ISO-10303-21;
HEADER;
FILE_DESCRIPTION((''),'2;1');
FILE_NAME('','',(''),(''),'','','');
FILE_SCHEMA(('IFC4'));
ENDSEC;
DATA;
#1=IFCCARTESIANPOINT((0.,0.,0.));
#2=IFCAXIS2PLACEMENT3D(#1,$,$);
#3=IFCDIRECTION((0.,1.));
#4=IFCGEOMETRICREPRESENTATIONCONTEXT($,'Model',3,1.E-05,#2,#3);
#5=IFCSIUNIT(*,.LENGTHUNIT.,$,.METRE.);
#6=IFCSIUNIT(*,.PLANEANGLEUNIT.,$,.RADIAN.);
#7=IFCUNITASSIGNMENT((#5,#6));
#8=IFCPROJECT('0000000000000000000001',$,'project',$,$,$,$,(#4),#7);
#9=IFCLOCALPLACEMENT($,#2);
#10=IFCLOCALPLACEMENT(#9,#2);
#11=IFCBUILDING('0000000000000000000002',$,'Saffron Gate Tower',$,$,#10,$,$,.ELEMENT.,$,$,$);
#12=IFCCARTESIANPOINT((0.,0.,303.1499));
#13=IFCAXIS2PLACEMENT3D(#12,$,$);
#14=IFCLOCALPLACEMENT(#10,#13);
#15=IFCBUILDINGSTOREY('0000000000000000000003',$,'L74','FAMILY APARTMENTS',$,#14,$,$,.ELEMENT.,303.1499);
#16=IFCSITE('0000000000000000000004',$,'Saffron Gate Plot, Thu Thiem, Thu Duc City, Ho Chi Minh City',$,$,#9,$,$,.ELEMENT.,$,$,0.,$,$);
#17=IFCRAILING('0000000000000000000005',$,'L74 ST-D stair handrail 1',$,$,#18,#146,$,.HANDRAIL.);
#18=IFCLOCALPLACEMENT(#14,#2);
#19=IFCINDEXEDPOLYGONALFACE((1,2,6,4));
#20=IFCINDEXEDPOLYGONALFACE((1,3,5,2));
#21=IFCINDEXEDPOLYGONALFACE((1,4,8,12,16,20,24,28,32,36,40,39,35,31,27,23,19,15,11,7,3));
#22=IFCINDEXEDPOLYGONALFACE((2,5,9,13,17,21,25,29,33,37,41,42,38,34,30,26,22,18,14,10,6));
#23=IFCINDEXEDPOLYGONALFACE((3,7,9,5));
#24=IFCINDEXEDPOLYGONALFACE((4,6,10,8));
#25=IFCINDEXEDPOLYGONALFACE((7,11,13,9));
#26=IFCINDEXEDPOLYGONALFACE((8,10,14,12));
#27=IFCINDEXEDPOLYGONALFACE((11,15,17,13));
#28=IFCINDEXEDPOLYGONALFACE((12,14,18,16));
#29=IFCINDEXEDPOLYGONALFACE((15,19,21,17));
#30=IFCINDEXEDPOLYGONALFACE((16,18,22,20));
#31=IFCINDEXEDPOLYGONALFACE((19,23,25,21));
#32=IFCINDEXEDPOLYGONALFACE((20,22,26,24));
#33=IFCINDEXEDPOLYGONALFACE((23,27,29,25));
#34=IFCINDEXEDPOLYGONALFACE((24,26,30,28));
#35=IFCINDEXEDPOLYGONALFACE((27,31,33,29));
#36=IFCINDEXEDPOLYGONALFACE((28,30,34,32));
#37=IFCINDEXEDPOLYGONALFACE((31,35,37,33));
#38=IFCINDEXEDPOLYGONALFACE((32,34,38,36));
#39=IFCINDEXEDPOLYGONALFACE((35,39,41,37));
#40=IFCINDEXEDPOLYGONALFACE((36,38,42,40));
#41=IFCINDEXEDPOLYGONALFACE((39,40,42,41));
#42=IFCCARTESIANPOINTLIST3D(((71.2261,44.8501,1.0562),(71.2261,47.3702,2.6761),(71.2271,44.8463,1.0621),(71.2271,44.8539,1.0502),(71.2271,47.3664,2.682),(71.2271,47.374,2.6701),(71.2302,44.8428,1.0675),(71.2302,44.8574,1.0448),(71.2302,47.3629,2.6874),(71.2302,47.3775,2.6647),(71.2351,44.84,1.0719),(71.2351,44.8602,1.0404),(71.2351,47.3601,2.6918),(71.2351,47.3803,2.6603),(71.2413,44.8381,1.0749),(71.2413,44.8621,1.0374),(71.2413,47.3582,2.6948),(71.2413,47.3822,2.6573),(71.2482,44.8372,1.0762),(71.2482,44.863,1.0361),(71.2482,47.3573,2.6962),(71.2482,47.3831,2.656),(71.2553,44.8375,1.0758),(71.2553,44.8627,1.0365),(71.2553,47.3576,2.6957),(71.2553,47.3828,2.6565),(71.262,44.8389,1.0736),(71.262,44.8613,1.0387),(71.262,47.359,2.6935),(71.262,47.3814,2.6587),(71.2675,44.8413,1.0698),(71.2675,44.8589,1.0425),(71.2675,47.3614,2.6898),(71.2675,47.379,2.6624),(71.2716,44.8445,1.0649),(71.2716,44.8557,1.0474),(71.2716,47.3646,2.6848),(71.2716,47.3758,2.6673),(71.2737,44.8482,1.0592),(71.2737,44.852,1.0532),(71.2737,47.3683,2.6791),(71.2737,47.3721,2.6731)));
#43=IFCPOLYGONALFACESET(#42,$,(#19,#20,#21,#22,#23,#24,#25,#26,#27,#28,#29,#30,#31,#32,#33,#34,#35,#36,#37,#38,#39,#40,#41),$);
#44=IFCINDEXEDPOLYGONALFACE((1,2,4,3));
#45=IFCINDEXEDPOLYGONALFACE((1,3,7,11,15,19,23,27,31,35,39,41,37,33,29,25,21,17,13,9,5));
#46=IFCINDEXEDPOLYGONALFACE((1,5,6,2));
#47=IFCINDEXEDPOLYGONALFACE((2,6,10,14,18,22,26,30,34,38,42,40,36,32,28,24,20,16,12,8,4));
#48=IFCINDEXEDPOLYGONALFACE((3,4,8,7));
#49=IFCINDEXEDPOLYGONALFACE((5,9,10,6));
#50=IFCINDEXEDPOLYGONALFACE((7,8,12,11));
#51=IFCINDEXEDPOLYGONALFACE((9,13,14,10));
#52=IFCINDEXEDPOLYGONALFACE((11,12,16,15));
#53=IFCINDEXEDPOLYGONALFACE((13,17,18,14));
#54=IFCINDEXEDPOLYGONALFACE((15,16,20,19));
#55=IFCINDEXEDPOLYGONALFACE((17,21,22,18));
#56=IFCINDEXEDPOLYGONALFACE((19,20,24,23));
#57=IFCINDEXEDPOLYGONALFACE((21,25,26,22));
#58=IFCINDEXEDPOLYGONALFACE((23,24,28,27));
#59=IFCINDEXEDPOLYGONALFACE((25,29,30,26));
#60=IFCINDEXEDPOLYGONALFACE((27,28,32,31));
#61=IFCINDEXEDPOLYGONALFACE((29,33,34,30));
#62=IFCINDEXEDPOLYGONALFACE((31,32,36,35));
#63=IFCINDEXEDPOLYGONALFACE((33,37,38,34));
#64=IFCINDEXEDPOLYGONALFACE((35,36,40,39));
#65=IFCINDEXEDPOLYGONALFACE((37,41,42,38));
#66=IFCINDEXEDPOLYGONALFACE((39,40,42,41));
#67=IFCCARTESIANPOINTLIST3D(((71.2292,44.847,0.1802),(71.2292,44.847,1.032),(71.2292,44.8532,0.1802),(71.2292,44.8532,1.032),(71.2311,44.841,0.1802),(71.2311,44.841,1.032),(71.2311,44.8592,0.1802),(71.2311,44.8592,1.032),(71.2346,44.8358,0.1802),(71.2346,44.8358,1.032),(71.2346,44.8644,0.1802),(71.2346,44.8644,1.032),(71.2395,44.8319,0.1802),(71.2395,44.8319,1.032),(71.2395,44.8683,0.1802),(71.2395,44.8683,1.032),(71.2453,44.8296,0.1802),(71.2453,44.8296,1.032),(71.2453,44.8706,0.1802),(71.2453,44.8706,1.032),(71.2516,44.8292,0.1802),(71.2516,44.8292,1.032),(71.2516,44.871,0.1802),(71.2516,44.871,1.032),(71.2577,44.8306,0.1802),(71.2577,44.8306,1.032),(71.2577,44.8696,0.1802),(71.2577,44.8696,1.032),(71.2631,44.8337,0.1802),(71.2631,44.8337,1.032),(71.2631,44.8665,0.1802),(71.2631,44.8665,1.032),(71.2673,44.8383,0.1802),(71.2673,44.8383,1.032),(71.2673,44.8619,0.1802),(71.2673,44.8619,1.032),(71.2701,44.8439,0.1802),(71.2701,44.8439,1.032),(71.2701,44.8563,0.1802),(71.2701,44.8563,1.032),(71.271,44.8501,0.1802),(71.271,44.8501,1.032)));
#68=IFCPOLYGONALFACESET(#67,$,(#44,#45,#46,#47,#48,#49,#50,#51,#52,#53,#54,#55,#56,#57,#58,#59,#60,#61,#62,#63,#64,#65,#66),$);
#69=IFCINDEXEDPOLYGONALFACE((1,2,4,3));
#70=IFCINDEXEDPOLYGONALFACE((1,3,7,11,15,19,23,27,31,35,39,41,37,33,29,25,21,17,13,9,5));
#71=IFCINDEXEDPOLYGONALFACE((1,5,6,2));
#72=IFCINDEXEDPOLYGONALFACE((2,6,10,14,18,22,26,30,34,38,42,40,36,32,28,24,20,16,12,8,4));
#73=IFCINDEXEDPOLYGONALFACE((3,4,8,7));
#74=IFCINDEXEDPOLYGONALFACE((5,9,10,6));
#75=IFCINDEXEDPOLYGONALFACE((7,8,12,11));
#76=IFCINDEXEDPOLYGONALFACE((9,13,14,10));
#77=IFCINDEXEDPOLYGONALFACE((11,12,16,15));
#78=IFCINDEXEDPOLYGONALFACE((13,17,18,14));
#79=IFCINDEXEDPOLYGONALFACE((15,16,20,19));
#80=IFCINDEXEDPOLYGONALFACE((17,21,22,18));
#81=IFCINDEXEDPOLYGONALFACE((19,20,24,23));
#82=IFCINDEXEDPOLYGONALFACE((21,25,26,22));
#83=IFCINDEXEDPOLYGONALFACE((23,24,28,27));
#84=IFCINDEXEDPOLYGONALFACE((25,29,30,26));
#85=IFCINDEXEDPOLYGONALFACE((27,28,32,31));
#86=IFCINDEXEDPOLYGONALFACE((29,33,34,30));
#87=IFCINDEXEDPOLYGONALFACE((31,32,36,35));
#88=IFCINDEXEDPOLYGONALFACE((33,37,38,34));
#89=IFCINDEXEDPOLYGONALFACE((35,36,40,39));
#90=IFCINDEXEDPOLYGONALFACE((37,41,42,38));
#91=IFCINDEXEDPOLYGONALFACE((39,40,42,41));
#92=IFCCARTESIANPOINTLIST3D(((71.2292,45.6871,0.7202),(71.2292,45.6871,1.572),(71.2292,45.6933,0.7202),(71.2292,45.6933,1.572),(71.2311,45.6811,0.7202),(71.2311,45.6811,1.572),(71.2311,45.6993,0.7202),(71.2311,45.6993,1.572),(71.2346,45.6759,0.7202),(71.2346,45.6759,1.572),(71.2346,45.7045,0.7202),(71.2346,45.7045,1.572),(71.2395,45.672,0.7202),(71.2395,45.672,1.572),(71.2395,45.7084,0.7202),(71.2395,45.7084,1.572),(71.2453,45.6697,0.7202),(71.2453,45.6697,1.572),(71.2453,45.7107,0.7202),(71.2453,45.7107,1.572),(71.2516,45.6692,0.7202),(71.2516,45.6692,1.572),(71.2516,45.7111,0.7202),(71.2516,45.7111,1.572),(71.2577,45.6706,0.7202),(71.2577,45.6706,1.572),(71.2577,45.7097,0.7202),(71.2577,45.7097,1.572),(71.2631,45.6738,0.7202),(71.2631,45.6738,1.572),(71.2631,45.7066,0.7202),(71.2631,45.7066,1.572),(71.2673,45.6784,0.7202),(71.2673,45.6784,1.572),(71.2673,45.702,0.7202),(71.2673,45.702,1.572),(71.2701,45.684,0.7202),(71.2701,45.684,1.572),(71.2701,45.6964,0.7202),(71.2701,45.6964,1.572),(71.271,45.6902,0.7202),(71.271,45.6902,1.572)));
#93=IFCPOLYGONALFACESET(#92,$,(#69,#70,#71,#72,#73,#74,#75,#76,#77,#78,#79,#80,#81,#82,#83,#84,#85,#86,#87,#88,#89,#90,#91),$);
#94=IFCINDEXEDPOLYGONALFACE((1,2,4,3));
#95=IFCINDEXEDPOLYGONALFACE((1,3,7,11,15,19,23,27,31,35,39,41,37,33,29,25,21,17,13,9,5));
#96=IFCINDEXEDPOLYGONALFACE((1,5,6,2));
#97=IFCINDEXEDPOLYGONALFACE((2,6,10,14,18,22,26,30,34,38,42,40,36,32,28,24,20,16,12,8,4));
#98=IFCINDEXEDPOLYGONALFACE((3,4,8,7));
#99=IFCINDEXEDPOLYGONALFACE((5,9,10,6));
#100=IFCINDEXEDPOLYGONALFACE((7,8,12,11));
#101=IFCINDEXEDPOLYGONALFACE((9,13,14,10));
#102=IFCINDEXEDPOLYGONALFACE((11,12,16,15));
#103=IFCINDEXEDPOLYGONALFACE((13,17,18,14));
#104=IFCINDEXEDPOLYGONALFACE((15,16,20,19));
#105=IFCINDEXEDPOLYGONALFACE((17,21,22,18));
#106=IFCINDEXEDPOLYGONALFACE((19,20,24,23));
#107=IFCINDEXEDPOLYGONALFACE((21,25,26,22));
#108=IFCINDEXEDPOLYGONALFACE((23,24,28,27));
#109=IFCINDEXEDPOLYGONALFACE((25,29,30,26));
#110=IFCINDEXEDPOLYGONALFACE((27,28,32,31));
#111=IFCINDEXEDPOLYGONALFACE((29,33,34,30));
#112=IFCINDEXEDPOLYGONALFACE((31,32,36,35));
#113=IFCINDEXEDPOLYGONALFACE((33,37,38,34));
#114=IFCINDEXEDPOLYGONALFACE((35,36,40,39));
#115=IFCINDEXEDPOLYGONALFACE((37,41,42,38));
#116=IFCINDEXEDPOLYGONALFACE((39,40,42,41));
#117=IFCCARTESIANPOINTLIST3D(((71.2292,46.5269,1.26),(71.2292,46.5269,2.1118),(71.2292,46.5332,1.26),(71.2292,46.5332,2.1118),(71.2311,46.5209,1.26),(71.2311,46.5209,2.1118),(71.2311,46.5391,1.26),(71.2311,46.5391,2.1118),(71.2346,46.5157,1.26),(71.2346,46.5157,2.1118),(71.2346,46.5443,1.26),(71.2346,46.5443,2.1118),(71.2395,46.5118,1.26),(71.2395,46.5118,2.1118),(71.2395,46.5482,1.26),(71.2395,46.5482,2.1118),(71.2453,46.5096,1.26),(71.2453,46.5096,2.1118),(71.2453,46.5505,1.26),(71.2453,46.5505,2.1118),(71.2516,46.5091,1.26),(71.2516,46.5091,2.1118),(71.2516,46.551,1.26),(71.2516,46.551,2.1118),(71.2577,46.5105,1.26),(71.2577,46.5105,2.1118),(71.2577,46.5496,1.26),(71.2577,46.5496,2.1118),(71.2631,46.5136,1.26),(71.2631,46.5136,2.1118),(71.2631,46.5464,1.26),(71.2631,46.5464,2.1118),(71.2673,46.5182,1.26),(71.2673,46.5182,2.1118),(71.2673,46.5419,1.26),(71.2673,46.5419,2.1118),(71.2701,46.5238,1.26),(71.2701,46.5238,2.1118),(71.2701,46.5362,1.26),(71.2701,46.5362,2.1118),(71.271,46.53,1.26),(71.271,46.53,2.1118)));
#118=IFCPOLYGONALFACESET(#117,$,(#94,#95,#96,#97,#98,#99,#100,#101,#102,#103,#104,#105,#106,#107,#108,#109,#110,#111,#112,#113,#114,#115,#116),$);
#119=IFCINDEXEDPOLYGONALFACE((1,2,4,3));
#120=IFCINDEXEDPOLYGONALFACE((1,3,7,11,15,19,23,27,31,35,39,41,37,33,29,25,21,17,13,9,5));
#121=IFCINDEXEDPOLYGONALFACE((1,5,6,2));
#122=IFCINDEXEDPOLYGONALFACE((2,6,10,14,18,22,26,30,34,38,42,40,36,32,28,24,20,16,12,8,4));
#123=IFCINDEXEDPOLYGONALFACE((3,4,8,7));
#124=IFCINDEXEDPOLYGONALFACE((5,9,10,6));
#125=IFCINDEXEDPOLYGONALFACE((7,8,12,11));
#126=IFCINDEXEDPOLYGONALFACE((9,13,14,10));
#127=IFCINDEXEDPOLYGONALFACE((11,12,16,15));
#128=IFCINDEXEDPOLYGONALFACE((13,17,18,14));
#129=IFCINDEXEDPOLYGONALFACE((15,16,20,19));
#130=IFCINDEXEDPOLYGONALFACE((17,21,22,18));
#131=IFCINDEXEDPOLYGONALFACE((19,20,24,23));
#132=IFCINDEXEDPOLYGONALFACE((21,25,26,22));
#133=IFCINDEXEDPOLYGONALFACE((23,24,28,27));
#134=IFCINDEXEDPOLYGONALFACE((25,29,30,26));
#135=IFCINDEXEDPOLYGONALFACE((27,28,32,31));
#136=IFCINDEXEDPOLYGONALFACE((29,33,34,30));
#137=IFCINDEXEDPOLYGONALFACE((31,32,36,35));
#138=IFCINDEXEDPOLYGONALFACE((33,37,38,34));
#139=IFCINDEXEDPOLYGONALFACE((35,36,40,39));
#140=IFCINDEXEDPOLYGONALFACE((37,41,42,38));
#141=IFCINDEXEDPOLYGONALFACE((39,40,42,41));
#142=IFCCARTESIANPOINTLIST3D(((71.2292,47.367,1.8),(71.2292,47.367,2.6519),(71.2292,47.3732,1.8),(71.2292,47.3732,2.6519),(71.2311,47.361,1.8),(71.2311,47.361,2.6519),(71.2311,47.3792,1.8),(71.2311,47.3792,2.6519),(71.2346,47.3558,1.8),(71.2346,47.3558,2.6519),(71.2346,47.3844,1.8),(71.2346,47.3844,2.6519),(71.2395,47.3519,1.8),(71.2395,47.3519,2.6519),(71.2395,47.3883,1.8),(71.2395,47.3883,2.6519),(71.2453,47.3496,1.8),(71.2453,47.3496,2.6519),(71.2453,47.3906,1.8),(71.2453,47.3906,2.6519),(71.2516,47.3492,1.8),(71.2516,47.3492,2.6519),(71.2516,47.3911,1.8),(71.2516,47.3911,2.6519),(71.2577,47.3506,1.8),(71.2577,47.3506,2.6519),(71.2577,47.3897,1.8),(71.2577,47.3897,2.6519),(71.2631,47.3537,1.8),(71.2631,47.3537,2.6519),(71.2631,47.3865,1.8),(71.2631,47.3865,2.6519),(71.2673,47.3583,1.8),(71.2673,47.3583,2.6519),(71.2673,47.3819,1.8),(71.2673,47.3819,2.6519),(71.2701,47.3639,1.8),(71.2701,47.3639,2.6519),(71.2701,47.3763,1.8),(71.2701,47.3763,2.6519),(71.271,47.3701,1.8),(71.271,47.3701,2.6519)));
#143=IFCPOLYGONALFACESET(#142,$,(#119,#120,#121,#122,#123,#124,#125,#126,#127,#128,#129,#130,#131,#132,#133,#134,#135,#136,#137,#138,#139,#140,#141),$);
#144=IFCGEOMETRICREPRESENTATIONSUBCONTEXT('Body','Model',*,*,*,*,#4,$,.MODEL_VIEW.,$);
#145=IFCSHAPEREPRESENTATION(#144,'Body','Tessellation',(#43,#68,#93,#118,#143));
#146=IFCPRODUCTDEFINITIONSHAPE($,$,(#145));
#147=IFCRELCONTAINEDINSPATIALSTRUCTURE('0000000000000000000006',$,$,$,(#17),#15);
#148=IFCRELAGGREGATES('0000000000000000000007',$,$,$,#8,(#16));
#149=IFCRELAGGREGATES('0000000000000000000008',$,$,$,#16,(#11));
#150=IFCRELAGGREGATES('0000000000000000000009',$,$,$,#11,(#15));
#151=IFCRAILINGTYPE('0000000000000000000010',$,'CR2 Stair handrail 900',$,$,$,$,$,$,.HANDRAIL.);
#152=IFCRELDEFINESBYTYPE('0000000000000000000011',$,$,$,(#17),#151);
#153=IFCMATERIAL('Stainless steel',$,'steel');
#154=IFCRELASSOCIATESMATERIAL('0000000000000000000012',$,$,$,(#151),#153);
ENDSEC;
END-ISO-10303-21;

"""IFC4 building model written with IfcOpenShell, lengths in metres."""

from ifc_helpers import new_model, si_unit, direction, frame, origin, origin_2d, place, context, subcontext, project, spatial, circle, extrude, material, type_object, element, save


model = new_model("IFC4")

# Units and contexts
model_context = context("Model", 3, precision=1e-05, world=origin(), true_north=direction((0.0, 1.0)))
body_context = subcontext(model_context, "Body", "Model", "MODEL_VIEW")
ifc_project = project(units=[si_unit("LENGTHUNIT", "METRE"), si_unit("PLANEANGLEUNIT", "RADIAN")], contexts=[model_context])

# Site, building, storey
site_placement = place(None, origin())
site = spatial("IfcSite", under=ifc_project, at=site_placement, Name="Saffron Gate Plot, Thu Thiem, Thu Duc City, Ho Chi Minh City", CompositionType="ELEMENT", RefElevation=0.0)
building_placement = place(site_placement, origin())
building = spatial("IfcBuilding", under=site, at=building_placement, Name="Saffron Gate Tower", CompositionType="ELEMENT")
storey_placement = place(building_placement, frame((0.0, 0.0, 303.1499)))
storey = spatial("IfcBuildingStorey", under=building, at=storey_placement, Name="L74", Description="FAMILY APARTMENTS", CompositionType="ELEMENT", Elevation=303.1499)

# Railing
ifc_material_1 = material(Name="Stainless steel", Category="steel")
railing_type_1 = type_object("IfcRailingType", Name="CR2 Stair handrail 900", PredefinedType="HANDRAIL", material=ifc_material_1)
railing_1_placement = place(storey_placement, frame((71.25, 44.8501, 0.1802)))
element("IfcRailing", 1, at=railing_1_placement, inside=storey, type_object=railing_type_1, Name="L74 ST-D stair handrail 1", PredefinedType="HANDRAIL", context=body_context, shape_type="SweptSolid", body=[
    extrude(circle(Radius=0.0239, at=origin_2d()), frame((0.0, 0.0, 0.876), z_axis=(0.0, 0.8412, 0.540725), x_axis=(-1.0, 0.0, 0.0)), (0.0, 0.0, 1.0), 2.9958),
    extrude(circle(Radius=0.021, at=origin_2d()), origin(), (0.0, 0.0, 1.0), 0.8518),
    extrude(circle(Radius=0.021, at=origin_2d()), frame((0.0, 0.8401, 0.54)), (0.0, 0.0, 1.0), 0.8518),
    extrude(circle(Radius=0.021, at=origin_2d()), frame((0.0, 1.6799, 1.0798)), (0.0, 0.0, 1.0), 0.8518),
    extrude(circle(Radius=0.021, at=origin_2d()), frame((0.0, 2.52, 1.6199)), (0.0, 0.0, 1.0), 0.8518),
])

save(model, "model.ifc")
